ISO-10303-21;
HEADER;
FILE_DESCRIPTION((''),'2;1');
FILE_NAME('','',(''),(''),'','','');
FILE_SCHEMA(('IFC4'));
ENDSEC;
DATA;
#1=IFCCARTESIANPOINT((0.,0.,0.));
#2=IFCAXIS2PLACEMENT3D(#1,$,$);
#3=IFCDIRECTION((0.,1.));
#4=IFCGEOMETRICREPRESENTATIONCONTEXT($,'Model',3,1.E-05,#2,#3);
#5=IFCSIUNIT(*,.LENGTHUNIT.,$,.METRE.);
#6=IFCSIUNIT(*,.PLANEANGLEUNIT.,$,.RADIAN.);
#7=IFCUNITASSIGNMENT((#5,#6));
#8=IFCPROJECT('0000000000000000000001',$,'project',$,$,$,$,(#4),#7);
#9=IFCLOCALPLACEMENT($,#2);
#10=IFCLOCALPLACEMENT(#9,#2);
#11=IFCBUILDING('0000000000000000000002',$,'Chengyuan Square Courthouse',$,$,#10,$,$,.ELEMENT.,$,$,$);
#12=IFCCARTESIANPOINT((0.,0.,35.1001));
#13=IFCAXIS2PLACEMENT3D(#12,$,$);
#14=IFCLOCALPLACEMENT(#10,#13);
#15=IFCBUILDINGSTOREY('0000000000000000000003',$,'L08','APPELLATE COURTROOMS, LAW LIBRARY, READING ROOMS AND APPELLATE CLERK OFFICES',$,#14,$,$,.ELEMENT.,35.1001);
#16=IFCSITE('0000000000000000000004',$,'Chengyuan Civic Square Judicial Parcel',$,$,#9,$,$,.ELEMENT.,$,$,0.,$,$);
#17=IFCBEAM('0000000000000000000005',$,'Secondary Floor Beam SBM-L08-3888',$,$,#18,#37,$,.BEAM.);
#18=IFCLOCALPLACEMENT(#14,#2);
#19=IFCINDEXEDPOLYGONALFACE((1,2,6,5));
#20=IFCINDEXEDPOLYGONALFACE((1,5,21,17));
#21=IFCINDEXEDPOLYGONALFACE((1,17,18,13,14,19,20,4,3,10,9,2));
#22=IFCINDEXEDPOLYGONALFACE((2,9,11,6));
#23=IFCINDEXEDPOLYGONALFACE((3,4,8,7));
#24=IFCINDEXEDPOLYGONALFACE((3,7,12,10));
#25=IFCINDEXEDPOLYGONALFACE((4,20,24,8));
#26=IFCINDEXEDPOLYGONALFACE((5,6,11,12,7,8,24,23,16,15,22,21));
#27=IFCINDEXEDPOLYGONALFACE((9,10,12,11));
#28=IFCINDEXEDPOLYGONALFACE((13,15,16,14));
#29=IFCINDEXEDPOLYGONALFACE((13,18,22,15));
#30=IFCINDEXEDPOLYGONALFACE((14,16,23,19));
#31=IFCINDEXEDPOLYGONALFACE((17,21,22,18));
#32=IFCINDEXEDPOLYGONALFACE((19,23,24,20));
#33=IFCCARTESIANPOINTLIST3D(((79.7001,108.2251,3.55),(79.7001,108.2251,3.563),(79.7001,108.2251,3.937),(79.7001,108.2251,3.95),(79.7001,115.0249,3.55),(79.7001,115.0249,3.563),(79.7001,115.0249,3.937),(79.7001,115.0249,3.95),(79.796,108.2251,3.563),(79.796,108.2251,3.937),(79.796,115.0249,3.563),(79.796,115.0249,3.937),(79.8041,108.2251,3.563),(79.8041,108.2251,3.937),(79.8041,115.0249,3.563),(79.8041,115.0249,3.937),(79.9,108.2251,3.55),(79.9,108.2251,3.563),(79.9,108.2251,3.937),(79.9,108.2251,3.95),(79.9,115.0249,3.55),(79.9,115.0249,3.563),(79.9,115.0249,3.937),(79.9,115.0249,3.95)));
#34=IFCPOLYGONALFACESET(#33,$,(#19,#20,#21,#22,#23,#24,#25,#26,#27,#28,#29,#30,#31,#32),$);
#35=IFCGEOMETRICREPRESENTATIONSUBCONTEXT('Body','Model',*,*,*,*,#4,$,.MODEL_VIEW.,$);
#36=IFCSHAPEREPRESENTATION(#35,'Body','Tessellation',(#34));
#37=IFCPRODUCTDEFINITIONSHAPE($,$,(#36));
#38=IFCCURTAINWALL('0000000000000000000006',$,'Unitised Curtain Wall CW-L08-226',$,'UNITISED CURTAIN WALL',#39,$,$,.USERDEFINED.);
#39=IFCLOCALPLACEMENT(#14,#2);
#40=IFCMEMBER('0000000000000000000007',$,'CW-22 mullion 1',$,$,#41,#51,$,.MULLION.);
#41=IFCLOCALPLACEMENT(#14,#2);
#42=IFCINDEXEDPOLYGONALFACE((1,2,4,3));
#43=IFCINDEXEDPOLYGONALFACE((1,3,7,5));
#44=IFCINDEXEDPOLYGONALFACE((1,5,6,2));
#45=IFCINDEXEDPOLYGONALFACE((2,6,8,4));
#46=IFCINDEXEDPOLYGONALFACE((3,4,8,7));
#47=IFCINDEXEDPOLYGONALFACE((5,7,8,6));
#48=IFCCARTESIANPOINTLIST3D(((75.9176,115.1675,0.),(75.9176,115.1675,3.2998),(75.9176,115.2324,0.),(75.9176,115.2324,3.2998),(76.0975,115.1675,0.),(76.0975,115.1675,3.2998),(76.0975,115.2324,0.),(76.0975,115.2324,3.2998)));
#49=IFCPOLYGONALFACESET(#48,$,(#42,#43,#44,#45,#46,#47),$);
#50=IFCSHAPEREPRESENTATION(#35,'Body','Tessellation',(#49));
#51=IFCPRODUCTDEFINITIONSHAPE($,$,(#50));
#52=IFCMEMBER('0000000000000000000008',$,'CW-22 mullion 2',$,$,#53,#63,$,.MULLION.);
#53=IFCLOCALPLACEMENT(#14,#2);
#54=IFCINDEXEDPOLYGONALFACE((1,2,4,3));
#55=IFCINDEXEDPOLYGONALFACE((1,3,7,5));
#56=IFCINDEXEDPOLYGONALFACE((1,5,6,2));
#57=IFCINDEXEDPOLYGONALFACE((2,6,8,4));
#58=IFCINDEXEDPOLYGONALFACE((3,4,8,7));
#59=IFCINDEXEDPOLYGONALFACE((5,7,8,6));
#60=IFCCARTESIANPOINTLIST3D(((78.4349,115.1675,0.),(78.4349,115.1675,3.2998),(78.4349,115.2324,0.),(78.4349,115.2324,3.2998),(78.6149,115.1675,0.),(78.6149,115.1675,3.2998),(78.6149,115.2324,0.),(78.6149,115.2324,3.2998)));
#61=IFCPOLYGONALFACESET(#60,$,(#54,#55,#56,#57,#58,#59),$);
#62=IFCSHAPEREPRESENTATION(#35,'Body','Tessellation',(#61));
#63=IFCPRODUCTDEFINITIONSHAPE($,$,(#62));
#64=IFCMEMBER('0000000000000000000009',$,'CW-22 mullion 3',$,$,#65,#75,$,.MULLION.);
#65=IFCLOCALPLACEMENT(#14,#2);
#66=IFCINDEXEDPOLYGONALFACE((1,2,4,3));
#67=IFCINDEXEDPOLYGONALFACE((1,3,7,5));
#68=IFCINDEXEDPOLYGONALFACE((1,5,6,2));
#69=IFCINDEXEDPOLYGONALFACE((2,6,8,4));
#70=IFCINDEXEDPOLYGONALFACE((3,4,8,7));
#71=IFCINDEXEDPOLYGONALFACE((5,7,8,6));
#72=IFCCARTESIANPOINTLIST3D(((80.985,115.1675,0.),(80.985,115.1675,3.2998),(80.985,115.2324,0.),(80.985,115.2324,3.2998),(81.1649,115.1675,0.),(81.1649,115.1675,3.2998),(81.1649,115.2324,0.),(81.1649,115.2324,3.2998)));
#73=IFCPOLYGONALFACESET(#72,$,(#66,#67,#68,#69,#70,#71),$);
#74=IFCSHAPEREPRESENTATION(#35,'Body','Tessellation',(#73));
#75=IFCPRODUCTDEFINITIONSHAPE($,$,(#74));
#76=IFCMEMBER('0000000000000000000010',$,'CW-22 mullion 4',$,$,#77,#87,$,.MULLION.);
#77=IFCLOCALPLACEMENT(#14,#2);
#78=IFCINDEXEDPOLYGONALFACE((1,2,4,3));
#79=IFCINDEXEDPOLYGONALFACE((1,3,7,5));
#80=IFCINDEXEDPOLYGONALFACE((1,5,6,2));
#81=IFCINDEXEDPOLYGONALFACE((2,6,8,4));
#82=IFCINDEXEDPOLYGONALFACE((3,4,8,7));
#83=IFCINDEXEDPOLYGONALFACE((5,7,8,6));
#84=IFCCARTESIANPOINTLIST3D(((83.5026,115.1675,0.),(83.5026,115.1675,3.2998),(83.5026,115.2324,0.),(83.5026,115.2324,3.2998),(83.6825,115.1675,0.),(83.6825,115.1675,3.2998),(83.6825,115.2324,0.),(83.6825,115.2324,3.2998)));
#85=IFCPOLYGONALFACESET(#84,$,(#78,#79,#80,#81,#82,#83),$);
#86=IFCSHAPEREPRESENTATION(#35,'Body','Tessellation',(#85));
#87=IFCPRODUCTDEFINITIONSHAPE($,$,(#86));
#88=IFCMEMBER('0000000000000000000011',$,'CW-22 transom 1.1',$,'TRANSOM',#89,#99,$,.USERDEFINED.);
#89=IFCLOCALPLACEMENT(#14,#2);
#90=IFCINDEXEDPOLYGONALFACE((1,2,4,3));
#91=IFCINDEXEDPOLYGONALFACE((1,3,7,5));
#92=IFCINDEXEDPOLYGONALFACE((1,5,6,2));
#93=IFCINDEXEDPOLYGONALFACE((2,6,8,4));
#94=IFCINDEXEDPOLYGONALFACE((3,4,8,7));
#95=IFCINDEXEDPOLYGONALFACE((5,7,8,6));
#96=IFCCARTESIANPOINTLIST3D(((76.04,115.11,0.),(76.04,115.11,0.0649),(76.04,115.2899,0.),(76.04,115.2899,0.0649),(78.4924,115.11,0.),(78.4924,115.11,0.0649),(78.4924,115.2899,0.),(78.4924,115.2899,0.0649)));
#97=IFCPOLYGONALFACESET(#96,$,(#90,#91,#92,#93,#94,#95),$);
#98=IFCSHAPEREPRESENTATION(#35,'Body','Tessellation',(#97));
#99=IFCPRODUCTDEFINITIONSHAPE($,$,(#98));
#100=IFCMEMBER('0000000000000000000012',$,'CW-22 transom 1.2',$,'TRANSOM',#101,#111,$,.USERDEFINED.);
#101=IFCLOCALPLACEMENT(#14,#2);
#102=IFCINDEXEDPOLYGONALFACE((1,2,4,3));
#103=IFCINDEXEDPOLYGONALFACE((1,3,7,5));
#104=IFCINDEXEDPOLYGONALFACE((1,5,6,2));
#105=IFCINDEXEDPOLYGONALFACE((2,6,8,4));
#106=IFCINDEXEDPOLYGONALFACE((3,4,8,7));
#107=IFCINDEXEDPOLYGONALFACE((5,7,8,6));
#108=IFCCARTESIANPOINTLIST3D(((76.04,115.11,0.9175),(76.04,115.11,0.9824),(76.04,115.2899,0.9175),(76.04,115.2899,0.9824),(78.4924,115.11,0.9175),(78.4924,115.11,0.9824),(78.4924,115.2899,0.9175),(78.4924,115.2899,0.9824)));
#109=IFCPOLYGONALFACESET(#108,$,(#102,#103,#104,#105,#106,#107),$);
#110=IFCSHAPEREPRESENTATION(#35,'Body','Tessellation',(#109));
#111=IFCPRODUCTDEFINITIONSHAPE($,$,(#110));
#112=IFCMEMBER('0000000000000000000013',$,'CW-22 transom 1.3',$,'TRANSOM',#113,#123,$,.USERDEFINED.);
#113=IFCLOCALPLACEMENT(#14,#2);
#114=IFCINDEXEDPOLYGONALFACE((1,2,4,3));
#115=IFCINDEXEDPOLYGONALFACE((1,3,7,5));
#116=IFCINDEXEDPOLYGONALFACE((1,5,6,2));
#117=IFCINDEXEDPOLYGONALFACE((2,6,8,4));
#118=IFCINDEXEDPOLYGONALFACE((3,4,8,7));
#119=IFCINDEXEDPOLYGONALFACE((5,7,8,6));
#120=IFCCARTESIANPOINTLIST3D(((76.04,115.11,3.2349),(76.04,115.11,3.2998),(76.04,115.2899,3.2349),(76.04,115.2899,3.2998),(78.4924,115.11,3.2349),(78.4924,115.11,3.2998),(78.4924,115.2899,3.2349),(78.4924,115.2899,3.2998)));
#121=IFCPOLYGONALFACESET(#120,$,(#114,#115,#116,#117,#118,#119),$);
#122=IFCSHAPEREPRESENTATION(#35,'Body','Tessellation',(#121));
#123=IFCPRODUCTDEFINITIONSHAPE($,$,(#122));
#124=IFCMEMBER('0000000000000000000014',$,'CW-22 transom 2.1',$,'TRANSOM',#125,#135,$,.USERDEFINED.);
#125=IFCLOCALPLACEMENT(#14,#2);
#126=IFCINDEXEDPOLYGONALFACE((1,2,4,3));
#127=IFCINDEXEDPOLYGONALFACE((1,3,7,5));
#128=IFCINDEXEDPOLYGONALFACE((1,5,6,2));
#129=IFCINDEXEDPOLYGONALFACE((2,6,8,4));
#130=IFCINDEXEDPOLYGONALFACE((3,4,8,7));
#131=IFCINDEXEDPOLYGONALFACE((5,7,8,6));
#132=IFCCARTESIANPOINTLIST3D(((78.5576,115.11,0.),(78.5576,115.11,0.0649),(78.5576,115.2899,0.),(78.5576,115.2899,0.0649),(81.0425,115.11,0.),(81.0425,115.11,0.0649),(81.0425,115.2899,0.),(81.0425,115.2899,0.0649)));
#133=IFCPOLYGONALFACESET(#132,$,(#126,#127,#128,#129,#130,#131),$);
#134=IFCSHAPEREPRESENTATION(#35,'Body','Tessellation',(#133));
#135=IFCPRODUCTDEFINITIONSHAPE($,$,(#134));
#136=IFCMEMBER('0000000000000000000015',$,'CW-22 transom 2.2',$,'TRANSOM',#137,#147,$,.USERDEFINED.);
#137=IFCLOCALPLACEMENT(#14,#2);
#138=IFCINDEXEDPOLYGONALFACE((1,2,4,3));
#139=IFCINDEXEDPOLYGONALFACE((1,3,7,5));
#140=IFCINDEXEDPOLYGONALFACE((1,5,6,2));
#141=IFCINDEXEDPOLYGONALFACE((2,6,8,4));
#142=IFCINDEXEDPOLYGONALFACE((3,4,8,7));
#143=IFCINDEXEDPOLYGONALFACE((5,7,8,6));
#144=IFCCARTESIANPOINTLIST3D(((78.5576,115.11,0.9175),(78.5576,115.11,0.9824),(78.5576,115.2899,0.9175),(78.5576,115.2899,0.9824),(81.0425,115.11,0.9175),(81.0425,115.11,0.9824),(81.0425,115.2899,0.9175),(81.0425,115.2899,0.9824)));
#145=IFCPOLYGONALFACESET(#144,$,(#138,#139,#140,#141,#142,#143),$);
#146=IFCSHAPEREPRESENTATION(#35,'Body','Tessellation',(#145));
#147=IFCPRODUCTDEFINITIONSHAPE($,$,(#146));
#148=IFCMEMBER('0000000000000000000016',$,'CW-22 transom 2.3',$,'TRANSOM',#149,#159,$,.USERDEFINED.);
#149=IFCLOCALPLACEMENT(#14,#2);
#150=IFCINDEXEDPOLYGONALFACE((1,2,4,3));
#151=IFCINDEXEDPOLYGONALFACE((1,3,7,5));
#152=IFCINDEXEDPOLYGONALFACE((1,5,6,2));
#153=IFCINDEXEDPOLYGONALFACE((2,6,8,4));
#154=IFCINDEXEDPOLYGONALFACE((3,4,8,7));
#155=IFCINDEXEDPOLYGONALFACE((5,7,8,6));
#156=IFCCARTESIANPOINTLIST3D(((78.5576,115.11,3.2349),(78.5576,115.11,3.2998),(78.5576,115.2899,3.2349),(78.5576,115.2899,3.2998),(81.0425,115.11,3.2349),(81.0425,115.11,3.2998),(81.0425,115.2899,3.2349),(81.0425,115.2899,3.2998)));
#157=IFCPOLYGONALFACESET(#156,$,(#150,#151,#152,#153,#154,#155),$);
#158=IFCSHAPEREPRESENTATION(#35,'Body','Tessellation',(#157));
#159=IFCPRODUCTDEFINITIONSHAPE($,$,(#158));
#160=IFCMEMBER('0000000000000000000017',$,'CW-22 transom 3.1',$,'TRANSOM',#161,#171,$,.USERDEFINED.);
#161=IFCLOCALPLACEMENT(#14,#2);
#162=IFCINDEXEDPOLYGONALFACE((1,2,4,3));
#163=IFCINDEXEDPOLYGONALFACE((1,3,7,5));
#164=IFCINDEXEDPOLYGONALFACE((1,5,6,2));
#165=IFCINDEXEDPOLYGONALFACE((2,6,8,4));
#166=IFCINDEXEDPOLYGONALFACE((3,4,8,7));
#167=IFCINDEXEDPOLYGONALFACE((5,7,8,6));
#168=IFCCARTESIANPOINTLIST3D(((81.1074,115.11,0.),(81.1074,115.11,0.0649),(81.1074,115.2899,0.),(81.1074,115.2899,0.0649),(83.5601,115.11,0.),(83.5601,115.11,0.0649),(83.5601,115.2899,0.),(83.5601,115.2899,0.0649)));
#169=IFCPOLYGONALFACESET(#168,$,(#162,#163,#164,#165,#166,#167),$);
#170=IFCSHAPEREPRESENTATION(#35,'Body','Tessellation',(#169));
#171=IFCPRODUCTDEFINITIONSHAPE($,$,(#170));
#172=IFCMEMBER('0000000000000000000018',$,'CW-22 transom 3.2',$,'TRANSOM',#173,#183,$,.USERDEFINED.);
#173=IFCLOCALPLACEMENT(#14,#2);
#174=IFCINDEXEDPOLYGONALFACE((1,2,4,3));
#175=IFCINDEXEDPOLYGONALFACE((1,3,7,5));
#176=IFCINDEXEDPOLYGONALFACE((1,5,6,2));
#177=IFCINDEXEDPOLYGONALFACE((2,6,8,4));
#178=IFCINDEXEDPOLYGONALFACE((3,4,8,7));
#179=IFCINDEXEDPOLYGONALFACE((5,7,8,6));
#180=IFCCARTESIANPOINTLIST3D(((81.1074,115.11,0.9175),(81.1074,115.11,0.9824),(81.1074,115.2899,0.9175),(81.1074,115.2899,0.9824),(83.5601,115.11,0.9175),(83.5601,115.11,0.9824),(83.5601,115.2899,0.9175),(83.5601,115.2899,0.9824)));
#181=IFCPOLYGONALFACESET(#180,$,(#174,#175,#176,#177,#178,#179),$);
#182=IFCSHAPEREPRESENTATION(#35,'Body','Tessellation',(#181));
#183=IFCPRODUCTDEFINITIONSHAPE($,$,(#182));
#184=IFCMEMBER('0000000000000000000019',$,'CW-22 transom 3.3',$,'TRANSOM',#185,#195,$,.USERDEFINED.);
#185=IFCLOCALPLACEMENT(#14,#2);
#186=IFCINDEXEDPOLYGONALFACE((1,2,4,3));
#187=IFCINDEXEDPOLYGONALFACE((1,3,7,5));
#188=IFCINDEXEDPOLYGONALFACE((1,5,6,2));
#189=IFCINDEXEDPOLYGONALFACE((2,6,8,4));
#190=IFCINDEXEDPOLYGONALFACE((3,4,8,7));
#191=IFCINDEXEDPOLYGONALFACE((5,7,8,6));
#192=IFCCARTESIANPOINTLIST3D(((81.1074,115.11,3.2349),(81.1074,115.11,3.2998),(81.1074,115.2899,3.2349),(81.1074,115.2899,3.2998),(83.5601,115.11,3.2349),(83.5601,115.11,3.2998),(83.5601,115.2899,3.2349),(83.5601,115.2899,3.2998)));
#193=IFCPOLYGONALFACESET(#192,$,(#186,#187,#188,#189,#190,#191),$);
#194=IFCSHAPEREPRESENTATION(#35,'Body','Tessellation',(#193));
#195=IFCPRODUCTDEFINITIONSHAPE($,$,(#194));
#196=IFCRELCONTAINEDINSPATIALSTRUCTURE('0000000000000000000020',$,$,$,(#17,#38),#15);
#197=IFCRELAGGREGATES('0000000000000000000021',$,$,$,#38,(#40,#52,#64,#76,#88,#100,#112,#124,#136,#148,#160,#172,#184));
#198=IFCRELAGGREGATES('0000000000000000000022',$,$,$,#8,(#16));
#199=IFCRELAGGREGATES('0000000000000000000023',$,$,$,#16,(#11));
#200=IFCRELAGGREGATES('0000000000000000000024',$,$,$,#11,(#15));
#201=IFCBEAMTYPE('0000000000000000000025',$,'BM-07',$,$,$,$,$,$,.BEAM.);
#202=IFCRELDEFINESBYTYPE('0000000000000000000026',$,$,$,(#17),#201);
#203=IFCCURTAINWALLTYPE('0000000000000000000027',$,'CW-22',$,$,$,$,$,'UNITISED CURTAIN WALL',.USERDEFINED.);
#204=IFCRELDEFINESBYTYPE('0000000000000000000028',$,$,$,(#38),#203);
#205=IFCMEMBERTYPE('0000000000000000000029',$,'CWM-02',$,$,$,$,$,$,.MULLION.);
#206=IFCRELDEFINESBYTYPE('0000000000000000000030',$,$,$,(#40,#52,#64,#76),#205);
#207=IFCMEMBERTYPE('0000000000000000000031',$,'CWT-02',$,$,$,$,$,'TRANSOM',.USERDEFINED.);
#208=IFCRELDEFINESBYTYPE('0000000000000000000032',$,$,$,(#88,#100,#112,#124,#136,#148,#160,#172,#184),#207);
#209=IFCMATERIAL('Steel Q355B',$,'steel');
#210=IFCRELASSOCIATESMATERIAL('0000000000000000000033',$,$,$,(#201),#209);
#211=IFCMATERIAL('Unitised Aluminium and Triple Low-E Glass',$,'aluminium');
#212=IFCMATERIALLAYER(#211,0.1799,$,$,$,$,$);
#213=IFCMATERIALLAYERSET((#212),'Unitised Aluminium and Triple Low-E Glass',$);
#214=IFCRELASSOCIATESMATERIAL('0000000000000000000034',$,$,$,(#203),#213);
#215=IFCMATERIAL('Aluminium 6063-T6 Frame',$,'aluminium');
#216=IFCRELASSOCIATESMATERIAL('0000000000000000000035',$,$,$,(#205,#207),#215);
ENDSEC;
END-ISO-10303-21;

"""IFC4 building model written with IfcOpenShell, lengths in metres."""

from ifc_helpers import new_model, si_unit, direction, frame, origin, origin_2d, place, context, subcontext, project, spatial, rectangle, i_section, extrude, material, layer, layer_set, material_profile, profile_set, type_object, element, aggregate, save


model = new_model("IFC4")

# Units and contexts
model_context = context("Model", 3, precision=1e-05, world=origin(), true_north=direction((0.0, 1.0)))
body_context = subcontext(model_context, "Body", "Model", "MODEL_VIEW")
ifc_project = project(units=[si_unit("LENGTHUNIT", "METRE"), si_unit("PLANEANGLEUNIT", "RADIAN")], contexts=[model_context])

# Site, building, storey
site_placement = place(None, origin())
site = spatial("IfcSite", under=ifc_project, at=site_placement, Name="Chengyuan Civic Square Judicial Parcel", CompositionType="ELEMENT", RefElevation=0.0)
building_placement = place(site_placement, origin())
building = spatial("IfcBuilding", under=site, at=building_placement, Name="Chengyuan Square Courthouse", CompositionType="ELEMENT")
storey_placement = place(building_placement, frame((0.0, 0.0, 35.1001)))
storey = spatial("IfcBuildingStorey", under=building, at=storey_placement, Name="L08", Description="APPELLATE COURTROOMS, LAW LIBRARY, READING ROOMS AND APPELLATE CLERK OFFICES", CompositionType="ELEMENT", Elevation=35.1001)

# Beam
ifc_material_1 = material(Name="Steel Q355B", Category="steel")
ifc_material_profile_1 = material_profile(ifc_material_1, i_section(OverallWidth=0.2, OverallDepth=0.3999, WebThickness=0.0081, FlangeThickness=0.0129, at=origin_2d()), Name="HN 400x200x8x13")
ifc_profile_set_1 = profile_set([ifc_material_profile_1], Name="Steel Q355B")
beam_type = type_object("IfcBeamType", Name="BM-07", PredefinedType="BEAM", material=ifc_profile_set_1)
beam_placement = place(storey_placement, frame((79.8, 108.2251, 3.75), z_axis=(0.0, 1.0, 0.0), x_axis=(-1.0, 0.0, 0.0)))
element("IfcBeam", 1, at=beam_placement, inside=storey, type_object=beam_type, Name="Secondary Floor Beam SBM-L08-3888", PredefinedType="BEAM", context=body_context, shape_type="SweptSolid", body=[
    extrude(i_section(OverallWidth=0.2, OverallDepth=0.3999, WebThickness=0.0081, FlangeThickness=0.0129, at=origin_2d()), origin(), (0.0, 0.0, 1.0), 6.7998),
])

# Curtain wall, members
ifc_material_2 = material(Name="Unitised Aluminium and Triple Low-E Glass", Category="aluminium")
ifc_layer_1 = layer(ifc_material_2, 0.1799)
ifc_layer_set_1 = layer_set([ifc_layer_1], Name="Unitised Aluminium and Triple Low-E Glass")
curtain_wall_type = type_object("IfcCurtainWallType", Name="CW-22", ElementType="UNITISED CURTAIN WALL", PredefinedType="USERDEFINED", material=ifc_layer_set_1)
curtain_wall_placement = place(storey_placement, origin())
curtain_wall = element("IfcCurtainWall", 2, at=curtain_wall_placement, inside=storey, type_object=curtain_wall_type, Name="Unitised Curtain Wall CW-L08-226", ObjectType="UNITISED CURTAIN WALL", PredefinedType="USERDEFINED")
ifc_material_3 = material(Name="Aluminium 6063-T6 Frame", Category="aluminium")
ifc_material_profile_2 = material_profile(ifc_material_3, rectangle(XDim=0.0649, YDim=0.1799, at=origin_2d()), Name="CW-MUL-65x180")
ifc_profile_set_2 = profile_set([ifc_material_profile_2], Name="Aluminium 6063-T6 Frame")
member_type_1 = type_object("IfcMemberType", Name="CWM-02", PredefinedType="MULLION", material=ifc_profile_set_2)
member_1_placement = place(storey_placement, frame((76.0076, 115.2, 0.0), z_axis=(0.0, 0.0, 1.0), x_axis=(0.0, 1.0, 0.0)))
member_1 = element("IfcMember", 3, at=member_1_placement, type_object=member_type_1, Name="CW-22 mullion 1", PredefinedType="MULLION", context=body_context, shape_type="SweptSolid", body=[
    extrude(rectangle(XDim=0.0649, YDim=0.1799, at=origin_2d()), origin(), (0.0, 0.0, 1.0), 3.2998),
])
member_2_placement = place(storey_placement, frame((78.5249, 115.2, 0.0), z_axis=(0.0, 0.0, 1.0), x_axis=(0.0, 1.0, 0.0)))
member_2 = element("IfcMember", 4, at=member_2_placement, type_object=member_type_1, Name="CW-22 mullion 2", PredefinedType="MULLION", context=body_context, shape_type="SweptSolid", body=[
    extrude(rectangle(XDim=0.0649, YDim=0.1799, at=origin_2d()), origin(), (0.0, 0.0, 1.0), 3.2998),
])
member_3_placement = place(storey_placement, frame((81.075, 115.2, 0.0), z_axis=(0.0, 0.0, 1.0), x_axis=(0.0, 1.0, 0.0)))
member_3 = element("IfcMember", 5, at=member_3_placement, type_object=member_type_1, Name="CW-22 mullion 3", PredefinedType="MULLION", context=body_context, shape_type="SweptSolid", body=[
    extrude(rectangle(XDim=0.0649, YDim=0.1799, at=origin_2d()), origin(), (0.0, 0.0, 1.0), 3.2998),
])
member_4_placement = place(storey_placement, frame((83.5925, 115.2, 0.0), z_axis=(0.0, 0.0, 1.0), x_axis=(0.0, 1.0, 0.0)))
member_4 = element("IfcMember", 6, at=member_4_placement, type_object=member_type_1, Name="CW-22 mullion 4", PredefinedType="MULLION", context=body_context, shape_type="SweptSolid", body=[
    extrude(rectangle(XDim=0.0649, YDim=0.1799, at=origin_2d()), origin(), (0.0, 0.0, 1.0), 3.2998),
])
ifc_material_profile_3 = material_profile(ifc_material_3, rectangle(XDim=0.1799, YDim=0.0649, at=origin_2d()), Name="CW-TRN-65x140")
ifc_profile_set_3 = profile_set([ifc_material_profile_3], Name="Aluminium 6063-T6 Frame")
member_type_2 = type_object("IfcMemberType", Name="CWT-02", ElementType="TRANSOM", PredefinedType="USERDEFINED", material=ifc_profile_set_3)
member_5_placement = place(storey_placement, frame((76.04, 115.2, 0.0325), z_axis=(1.0, 0.0, 0.0), x_axis=(0.0, 1.0, 0.0)))
member_5 = element("IfcMember", 7, at=member_5_placement, type_object=member_type_2, Name="CW-22 transom 1.1", ObjectType="TRANSOM", PredefinedType="USERDEFINED", context=body_context, shape_type="SweptSolid", body=[
    extrude(rectangle(XDim=0.1799, YDim=0.0649, at=origin_2d()), origin(), (0.0, 0.0, 1.0), 2.4524),
])
member_6_placement = place(storey_placement, frame((76.04, 115.2, 0.95), z_axis=(1.0, 0.0, 0.0), x_axis=(0.0, 1.0, 0.0)))
member_6 = element("IfcMember", 8, at=member_6_placement, type_object=member_type_2, Name="CW-22 transom 1.2", ObjectType="TRANSOM", PredefinedType="USERDEFINED", context=body_context, shape_type="SweptSolid", body=[
    extrude(rectangle(XDim=0.1799, YDim=0.0649, at=origin_2d()), origin(), (0.0, 0.0, 1.0), 2.4524),
])
member_7_placement = place(storey_placement, frame((76.04, 115.2, 3.2673), z_axis=(1.0, 0.0, 0.0), x_axis=(0.0, 1.0, 0.0)))
member_7 = element("IfcMember", 9, at=member_7_placement, type_object=member_type_2, Name="CW-22 transom 1.3", ObjectType="TRANSOM", PredefinedType="USERDEFINED", context=body_context, shape_type="SweptSolid", body=[
    extrude(rectangle(XDim=0.1799, YDim=0.0649, at=origin_2d()), origin(), (0.0, 0.0, 1.0), 2.4524),
])
member_8_placement = place(storey_placement, frame((78.5576, 115.2, 0.0325), z_axis=(1.0, 0.0, 0.0), x_axis=(0.0, 1.0, 0.0)))
member_8 = element("IfcMember", 10, at=member_8_placement, type_object=member_type_2, Name="CW-22 transom 2.1", ObjectType="TRANSOM", PredefinedType="USERDEFINED", context=body_context, shape_type="SweptSolid", body=[
    extrude(rectangle(XDim=0.1799, YDim=0.0649, at=origin_2d()), origin(), (0.0, 0.0, 1.0), 2.4849),
])
member_9_placement = place(storey_placement, frame((78.5576, 115.2, 0.95), z_axis=(1.0, 0.0, 0.0), x_axis=(0.0, 1.0, 0.0)))
member_9 = element("IfcMember", 11, at=member_9_placement, type_object=member_type_2, Name="CW-22 transom 2.2", ObjectType="TRANSOM", PredefinedType="USERDEFINED", context=body_context, shape_type="SweptSolid", body=[
    extrude(rectangle(XDim=0.1799, YDim=0.0649, at=origin_2d()), origin(), (0.0, 0.0, 1.0), 2.4849),
])
member_10_placement = place(storey_placement, frame((78.5576, 115.2, 3.2673), z_axis=(1.0, 0.0, 0.0), x_axis=(0.0, 1.0, 0.0)))
member_10 = element("IfcMember", 12, at=member_10_placement, type_object=member_type_2, Name="CW-22 transom 2.3", ObjectType="TRANSOM", PredefinedType="USERDEFINED", context=body_context, shape_type="SweptSolid", body=[
    extrude(rectangle(XDim=0.1799, YDim=0.0649, at=origin_2d()), origin(), (0.0, 0.0, 1.0), 2.4849),
])
member_11_placement = place(storey_placement, frame((81.1074, 115.2, 0.0325), z_axis=(1.0, 0.0, 0.0), x_axis=(0.0, 1.0, 0.0)))
member_11 = element("IfcMember", 13, at=member_11_placement, type_object=member_type_2, Name="CW-22 transom 3.1", ObjectType="TRANSOM", PredefinedType="USERDEFINED", context=body_context, shape_type="SweptSolid", body=[
    extrude(rectangle(XDim=0.1799, YDim=0.0649, at=origin_2d()), origin(), (0.0, 0.0, 1.0), 2.4526),
])
member_12_placement = place(storey_placement, frame((81.1074, 115.2, 0.95), z_axis=(1.0, 0.0, 0.0), x_axis=(0.0, 1.0, 0.0)))
member_12 = element("IfcMember", 14, at=member_12_placement, type_object=member_type_2, Name="CW-22 transom 3.2", ObjectType="TRANSOM", PredefinedType="USERDEFINED", context=body_context, shape_type="SweptSolid", body=[
    extrude(rectangle(XDim=0.1799, YDim=0.0649, at=origin_2d()), origin(), (0.0, 0.0, 1.0), 2.4526),
])
member_13_placement = place(storey_placement, frame((81.1074, 115.2, 3.2673), z_axis=(1.0, 0.0, 0.0), x_axis=(0.0, 1.0, 0.0)))
member_13 = element("IfcMember", 15, at=member_13_placement, type_object=member_type_2, Name="CW-22 transom 3.3", ObjectType="TRANSOM", PredefinedType="USERDEFINED", context=body_context, shape_type="SweptSolid", body=[
    extrude(rectangle(XDim=0.1799, YDim=0.0649, at=origin_2d()), origin(), (0.0, 0.0, 1.0), 2.4526),
])
aggregate(curtain_wall, [member_1, member_2, member_3, member_4, member_5, member_6, member_7, member_8, member_9, member_10, member_11, member_12, member_13])

save(model, "model.ifc")
